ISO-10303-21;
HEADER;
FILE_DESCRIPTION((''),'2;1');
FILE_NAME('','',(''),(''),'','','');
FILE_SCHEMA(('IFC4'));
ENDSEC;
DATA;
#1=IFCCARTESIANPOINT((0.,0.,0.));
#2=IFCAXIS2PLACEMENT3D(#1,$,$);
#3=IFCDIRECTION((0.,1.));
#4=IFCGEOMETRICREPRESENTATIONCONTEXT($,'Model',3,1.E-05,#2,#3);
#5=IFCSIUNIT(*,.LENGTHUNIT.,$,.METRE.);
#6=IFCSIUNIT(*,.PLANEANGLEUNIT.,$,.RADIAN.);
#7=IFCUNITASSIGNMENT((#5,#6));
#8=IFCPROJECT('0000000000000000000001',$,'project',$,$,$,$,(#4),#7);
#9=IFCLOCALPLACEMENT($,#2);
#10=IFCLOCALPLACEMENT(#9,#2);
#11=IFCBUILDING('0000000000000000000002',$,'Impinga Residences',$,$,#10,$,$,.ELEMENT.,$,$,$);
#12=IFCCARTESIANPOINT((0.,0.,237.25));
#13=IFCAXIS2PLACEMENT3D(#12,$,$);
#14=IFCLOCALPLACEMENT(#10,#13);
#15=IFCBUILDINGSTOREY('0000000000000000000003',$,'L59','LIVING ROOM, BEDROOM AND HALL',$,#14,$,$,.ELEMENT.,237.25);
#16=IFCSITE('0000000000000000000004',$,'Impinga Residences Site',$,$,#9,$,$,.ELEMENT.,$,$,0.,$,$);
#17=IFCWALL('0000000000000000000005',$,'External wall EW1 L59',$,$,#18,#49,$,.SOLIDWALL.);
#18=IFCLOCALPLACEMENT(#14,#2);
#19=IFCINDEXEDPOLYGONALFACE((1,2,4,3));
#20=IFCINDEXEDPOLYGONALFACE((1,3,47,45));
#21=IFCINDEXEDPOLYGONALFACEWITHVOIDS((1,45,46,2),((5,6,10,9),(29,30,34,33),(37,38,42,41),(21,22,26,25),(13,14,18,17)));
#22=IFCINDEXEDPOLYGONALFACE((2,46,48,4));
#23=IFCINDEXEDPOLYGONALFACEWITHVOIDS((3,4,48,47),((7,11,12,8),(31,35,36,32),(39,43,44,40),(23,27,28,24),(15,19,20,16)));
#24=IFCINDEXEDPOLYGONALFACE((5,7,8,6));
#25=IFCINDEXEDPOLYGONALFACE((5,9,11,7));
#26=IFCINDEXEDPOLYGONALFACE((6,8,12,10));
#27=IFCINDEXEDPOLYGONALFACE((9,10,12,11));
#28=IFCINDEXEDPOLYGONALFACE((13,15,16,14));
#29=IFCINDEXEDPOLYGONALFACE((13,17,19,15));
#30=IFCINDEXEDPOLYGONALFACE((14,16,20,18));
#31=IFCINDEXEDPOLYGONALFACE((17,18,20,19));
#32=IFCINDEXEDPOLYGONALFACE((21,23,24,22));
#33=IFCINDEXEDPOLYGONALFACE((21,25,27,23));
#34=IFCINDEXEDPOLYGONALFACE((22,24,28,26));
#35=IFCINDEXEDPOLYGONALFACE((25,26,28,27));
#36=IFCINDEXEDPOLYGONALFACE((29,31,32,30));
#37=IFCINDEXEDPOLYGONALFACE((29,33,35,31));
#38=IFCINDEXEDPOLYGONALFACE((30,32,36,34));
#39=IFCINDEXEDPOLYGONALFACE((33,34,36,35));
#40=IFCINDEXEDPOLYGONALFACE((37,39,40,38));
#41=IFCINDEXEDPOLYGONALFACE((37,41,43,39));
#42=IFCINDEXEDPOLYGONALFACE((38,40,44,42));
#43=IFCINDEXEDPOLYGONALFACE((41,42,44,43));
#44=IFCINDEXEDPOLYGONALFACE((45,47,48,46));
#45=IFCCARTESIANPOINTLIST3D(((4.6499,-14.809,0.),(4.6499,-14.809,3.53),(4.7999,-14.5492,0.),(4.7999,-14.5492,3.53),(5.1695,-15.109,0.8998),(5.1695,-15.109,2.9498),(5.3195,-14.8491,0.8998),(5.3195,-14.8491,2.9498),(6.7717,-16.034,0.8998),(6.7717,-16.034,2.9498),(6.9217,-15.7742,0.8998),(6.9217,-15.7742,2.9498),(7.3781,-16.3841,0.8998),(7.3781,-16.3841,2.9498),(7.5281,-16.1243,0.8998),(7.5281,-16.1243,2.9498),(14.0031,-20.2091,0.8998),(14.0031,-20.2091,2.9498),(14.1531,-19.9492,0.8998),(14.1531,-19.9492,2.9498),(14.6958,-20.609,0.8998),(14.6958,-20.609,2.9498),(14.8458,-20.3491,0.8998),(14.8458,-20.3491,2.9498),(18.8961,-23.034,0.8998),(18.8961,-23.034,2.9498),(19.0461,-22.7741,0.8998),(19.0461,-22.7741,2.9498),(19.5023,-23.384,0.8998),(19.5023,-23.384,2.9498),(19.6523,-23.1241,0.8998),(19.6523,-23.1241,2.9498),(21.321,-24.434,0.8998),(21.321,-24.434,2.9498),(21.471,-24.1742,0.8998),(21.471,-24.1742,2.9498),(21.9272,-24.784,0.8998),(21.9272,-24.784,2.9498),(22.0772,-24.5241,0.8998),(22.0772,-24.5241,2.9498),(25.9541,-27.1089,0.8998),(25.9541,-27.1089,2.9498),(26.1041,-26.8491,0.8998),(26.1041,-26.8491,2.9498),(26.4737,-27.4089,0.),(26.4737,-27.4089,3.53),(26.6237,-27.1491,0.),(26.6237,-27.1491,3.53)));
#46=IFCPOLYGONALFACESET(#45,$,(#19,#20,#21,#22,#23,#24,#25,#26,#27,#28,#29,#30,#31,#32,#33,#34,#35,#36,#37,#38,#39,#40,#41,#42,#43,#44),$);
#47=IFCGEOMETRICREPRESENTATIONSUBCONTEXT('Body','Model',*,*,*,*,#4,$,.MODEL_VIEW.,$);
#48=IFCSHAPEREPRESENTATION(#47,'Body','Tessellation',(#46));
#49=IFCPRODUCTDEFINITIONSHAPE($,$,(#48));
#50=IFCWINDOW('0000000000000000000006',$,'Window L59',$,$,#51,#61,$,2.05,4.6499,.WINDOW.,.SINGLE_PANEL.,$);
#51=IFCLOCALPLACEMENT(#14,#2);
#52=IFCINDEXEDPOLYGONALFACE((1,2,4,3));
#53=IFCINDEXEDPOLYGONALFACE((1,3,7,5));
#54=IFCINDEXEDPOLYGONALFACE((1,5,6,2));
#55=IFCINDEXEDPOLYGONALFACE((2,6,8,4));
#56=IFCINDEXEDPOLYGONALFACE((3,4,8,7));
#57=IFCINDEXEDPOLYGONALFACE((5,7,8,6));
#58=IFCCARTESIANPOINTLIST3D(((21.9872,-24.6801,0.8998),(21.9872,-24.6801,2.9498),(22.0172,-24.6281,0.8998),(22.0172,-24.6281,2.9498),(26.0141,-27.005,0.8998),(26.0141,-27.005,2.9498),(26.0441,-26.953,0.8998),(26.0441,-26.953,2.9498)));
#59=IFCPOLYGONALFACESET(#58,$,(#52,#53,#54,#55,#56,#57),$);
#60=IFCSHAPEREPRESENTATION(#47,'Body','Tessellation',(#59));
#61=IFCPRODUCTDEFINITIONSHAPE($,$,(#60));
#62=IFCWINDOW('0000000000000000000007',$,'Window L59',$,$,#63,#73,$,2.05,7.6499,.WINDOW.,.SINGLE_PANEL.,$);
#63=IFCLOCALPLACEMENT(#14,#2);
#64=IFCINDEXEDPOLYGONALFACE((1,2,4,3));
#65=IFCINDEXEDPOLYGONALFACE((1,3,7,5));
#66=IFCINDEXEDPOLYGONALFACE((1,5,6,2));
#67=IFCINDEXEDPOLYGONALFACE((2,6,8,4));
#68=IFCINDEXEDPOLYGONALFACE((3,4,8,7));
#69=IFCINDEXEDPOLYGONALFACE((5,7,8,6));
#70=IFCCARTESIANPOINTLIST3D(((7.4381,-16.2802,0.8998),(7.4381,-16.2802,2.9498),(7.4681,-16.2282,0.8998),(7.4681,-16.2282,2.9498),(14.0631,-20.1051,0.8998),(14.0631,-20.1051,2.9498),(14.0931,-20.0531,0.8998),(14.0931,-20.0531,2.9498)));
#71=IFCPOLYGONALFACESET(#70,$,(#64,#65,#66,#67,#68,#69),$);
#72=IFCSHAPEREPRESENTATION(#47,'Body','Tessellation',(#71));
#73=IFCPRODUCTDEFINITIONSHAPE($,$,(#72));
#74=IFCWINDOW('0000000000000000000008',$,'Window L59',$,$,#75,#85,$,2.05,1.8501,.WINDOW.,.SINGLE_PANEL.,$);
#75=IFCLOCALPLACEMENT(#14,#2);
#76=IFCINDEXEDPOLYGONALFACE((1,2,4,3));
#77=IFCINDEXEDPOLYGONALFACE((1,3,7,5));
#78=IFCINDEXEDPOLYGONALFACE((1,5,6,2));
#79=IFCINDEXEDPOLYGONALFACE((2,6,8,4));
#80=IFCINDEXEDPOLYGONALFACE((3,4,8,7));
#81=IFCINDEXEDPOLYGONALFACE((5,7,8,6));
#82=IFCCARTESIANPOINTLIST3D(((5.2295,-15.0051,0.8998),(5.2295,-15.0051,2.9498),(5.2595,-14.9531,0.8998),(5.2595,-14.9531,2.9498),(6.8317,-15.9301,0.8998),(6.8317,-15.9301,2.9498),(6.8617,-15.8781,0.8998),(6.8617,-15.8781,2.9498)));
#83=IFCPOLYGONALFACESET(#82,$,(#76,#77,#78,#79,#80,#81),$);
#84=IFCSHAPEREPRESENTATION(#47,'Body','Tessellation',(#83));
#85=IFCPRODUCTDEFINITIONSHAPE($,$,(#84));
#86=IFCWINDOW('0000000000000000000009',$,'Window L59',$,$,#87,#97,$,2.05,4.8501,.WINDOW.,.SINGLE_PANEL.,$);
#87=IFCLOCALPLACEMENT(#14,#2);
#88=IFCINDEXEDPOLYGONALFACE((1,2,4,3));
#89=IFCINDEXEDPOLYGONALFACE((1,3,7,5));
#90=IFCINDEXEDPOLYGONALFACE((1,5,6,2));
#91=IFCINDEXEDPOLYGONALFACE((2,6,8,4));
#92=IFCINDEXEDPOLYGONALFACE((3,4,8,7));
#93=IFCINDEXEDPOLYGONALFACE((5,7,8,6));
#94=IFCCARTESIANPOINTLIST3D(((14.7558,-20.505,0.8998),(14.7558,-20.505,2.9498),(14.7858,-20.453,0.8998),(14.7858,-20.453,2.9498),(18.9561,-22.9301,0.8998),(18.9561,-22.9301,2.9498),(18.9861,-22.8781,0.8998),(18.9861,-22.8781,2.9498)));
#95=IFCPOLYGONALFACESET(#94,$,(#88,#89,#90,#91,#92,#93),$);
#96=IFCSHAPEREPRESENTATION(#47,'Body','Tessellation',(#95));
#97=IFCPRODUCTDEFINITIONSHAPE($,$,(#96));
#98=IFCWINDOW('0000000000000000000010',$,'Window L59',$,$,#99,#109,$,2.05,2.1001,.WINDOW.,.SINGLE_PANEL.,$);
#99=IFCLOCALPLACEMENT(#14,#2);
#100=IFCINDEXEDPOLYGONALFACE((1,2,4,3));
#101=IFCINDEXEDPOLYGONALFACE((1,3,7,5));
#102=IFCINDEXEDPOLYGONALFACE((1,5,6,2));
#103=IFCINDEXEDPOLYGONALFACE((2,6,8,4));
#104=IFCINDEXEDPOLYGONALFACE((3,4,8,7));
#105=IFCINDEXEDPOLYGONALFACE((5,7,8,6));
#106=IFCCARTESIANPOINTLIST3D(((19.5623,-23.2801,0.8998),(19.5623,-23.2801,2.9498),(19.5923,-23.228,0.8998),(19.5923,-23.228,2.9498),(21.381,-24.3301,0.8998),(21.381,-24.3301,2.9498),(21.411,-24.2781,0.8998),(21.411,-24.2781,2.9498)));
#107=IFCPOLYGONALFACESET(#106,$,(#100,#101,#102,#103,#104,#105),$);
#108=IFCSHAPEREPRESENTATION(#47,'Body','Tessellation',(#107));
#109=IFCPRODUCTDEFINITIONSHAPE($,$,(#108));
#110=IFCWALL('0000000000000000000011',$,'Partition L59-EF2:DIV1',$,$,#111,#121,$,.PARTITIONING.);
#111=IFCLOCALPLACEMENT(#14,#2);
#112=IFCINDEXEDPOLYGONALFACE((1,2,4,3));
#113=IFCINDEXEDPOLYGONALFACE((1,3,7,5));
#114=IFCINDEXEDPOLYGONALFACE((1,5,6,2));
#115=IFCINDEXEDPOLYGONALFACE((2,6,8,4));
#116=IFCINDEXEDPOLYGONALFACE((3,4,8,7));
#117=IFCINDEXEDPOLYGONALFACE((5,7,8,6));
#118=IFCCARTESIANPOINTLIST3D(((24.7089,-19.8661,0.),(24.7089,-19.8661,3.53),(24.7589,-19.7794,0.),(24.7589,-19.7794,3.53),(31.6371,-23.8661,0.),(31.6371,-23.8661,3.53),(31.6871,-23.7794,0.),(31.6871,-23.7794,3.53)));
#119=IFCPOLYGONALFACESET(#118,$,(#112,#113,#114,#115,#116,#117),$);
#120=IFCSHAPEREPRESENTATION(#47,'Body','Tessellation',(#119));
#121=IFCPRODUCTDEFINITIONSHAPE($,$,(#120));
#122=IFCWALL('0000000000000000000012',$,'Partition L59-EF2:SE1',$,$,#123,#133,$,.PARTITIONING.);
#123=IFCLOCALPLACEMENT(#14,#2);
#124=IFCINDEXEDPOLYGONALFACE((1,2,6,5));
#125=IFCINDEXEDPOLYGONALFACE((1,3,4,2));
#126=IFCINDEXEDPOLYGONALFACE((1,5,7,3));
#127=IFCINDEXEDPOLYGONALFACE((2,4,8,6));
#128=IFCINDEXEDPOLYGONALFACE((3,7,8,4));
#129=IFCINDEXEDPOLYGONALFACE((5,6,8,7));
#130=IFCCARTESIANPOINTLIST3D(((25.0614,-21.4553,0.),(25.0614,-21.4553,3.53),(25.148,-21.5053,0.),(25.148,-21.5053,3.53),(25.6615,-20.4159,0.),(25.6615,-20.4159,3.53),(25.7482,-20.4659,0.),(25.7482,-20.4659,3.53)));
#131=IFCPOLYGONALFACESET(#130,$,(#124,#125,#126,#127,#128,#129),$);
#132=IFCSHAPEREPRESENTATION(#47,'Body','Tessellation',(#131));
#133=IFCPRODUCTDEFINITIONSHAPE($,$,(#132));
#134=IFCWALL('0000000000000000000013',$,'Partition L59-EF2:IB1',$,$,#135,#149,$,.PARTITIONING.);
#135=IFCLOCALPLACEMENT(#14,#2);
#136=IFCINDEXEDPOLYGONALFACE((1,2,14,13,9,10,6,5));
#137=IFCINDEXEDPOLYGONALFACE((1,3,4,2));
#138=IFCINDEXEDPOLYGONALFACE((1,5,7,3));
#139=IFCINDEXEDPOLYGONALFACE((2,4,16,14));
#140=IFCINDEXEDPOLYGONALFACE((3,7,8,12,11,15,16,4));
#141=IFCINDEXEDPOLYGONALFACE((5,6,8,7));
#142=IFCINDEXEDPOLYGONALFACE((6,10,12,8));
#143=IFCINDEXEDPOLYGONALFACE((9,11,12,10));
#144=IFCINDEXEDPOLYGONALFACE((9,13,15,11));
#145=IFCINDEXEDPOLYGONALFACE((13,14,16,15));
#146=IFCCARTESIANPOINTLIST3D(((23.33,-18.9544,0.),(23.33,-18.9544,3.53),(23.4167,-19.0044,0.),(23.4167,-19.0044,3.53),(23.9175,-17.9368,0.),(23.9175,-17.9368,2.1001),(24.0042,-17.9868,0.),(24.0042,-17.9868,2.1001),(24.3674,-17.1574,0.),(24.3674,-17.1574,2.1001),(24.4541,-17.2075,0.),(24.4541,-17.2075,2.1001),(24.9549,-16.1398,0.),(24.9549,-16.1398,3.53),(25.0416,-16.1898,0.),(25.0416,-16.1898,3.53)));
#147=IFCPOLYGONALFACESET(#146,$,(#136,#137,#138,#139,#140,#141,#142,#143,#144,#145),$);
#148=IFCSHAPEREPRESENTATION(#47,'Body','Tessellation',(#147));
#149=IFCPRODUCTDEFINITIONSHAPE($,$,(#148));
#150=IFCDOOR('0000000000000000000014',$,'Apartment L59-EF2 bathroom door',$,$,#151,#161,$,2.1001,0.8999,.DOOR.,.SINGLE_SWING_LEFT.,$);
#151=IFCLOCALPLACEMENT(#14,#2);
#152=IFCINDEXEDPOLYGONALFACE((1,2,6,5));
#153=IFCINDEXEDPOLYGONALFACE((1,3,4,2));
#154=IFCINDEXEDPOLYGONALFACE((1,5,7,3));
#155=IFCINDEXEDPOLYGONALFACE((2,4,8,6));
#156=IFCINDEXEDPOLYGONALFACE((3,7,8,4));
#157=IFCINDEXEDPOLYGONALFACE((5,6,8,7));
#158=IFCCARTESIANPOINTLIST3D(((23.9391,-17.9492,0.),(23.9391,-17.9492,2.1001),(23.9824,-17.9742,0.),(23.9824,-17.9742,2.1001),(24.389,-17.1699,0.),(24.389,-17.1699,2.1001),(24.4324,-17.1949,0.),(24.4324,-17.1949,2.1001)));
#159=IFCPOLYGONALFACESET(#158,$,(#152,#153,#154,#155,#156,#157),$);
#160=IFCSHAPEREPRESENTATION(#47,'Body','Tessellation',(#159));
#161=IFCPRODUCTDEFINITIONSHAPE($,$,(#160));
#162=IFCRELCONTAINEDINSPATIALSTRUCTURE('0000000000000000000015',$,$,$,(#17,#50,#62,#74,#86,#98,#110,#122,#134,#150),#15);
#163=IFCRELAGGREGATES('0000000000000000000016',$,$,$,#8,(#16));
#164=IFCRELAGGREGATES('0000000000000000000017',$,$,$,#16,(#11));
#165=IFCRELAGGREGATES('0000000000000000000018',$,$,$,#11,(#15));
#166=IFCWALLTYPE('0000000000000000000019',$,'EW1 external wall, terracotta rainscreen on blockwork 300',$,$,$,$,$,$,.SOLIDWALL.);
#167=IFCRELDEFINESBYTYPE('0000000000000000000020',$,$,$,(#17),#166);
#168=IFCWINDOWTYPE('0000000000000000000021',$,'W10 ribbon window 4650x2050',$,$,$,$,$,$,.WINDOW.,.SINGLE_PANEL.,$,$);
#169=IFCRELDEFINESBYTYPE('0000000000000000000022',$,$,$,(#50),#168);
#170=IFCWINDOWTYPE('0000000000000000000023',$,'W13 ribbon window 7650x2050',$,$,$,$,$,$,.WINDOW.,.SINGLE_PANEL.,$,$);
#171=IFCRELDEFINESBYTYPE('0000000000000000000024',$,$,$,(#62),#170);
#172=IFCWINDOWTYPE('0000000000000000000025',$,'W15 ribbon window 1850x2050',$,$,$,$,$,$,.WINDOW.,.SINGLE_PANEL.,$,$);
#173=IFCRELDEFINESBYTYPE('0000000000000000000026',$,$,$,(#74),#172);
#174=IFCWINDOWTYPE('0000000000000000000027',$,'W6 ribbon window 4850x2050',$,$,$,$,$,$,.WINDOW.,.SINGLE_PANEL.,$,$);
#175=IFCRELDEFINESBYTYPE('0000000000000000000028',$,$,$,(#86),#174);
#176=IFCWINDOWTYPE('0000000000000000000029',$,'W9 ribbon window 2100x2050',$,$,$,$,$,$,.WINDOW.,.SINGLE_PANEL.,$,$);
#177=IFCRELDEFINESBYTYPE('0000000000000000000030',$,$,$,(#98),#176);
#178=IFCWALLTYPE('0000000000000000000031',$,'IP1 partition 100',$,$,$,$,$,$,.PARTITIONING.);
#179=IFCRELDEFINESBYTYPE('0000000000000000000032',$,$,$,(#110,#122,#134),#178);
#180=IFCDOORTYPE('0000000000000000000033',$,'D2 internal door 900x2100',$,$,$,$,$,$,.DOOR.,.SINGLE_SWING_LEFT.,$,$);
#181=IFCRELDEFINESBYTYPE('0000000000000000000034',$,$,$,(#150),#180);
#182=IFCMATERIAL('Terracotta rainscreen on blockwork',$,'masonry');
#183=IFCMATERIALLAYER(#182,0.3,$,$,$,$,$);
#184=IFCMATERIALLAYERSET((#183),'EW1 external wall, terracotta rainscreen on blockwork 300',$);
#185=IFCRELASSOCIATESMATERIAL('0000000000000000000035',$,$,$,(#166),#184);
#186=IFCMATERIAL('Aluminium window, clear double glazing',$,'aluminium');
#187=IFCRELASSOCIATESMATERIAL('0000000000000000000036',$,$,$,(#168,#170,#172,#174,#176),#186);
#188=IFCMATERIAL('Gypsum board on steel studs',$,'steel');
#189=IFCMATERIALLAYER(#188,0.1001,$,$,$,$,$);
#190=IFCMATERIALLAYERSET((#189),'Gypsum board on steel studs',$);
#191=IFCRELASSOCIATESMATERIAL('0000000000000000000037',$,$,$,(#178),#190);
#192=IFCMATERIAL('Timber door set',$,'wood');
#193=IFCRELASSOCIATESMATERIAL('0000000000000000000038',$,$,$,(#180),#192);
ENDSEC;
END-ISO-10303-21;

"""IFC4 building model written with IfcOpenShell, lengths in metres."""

from ifc_helpers import new_model, si_unit, direction, frame, frame_2d, origin, place, context, subcontext, project, spatial, rectangle, extrude, material, layer, layer_set, type_object, element, fill, save


model = new_model("IFC4")

# Units and contexts
model_context = context("Model", 3, precision=1e-05, world=origin(), true_north=direction((0.0, 1.0)))
body_context = subcontext(model_context, "Body", "Model", "MODEL_VIEW")
ifc_project = project(units=[si_unit("LENGTHUNIT", "METRE"), si_unit("PLANEANGLEUNIT", "RADIAN")], contexts=[model_context])

# Site, building, storey
site_placement = place(None, origin())
site = spatial("IfcSite", under=ifc_project, at=site_placement, Name="Impinga Residences Site", CompositionType="ELEMENT", RefElevation=0.0)
building_placement = place(site_placement, origin())
building = spatial("IfcBuilding", under=site, at=building_placement, Name="Impinga Residences", CompositionType="ELEMENT")
storey_placement = place(building_placement, frame((0.0, 0.0, 237.25)))
storey = spatial("IfcBuildingStorey", under=building, at=storey_placement, Name="L59", Description="LIVING ROOM, BEDROOM AND HALL", CompositionType="ELEMENT", Elevation=237.25)

# Shared definitions
ifc_material_1 = material(Name="Timber door set", Category="wood")

# Shared definitions
ifc_material_2 = material(Name="Terracotta rainscreen on blockwork", Category="masonry")
ifc_layer_1 = layer(ifc_material_2, 0.3)
ifc_layer_set_1 = layer_set([ifc_layer_1], Name="EW1 external wall, terracotta rainscreen on blockwork 300")
wall_type_1 = type_object("IfcWallType", Name="EW1 external wall, terracotta rainscreen on blockwork 300", PredefinedType="SOLIDWALL", material=ifc_layer_set_1)

# Wall, openings, windows
wall_1_placement = place(storey_placement, frame((26.5488, -27.2791, 0.0), z_axis=(0.0, 0.0, 1.0), x_axis=(-0.866027, 0.499998, 0.0)))
wall_1 = element("IfcWall", 1, at=wall_1_placement, inside=storey, type_object=wall_type_1, Name="External wall EW1 L59", PredefinedType="SOLIDWALL", context=body_context, shape_type="SweptSolid", body=[
    extrude(rectangle(XDim=25.2, YDim=0.3, at=frame_2d((12.6001, 0.0))), origin(), (0.0, 0.0, 1.0), 3.53),
])
opening_1_placement = place(wall_1_placement, frame((0.6001, 0.0, 0.8999)))
opening_1 = element("IfcOpeningElement", 2, at=opening_1_placement, cuts=wall_1, PredefinedType="OPENING", context=body_context, shape_type="SweptSolid", body=[
    extrude(rectangle(XDim=4.6499, YDim=2.05, at=frame_2d((2.325, 1.0249))), frame((0.0, 0.1599, 0.0), z_axis=(0.0, -1.0, 0.0), x_axis=(1.0, 0.0, 0.0)), (0.0, 0.0, 1.0), 0.3201),
])
opening_2_placement = place(wall_1_placement, frame((5.95, 0.0, 0.8999)))
opening_2 = element("IfcOpeningElement", 3, at=opening_2_placement, cuts=wall_1, PredefinedType="OPENING", context=body_context, shape_type="SweptSolid", body=[
    extrude(rectangle(XDim=2.1001, YDim=2.05, at=frame_2d((1.05, 1.0249))), frame((0.0, 0.1599, 0.0), z_axis=(0.0, -1.0, 0.0), x_axis=(1.0, 0.0, 0.0)), (0.0, 0.0, 1.0), 0.3201),
])
opening_3_placement = place(wall_1_placement, frame((8.75, 0.0, 0.8999)))
opening_3 = element("IfcOpeningElement", 4, at=opening_3_placement, cuts=wall_1, PredefinedType="OPENING", context=body_context, shape_type="SweptSolid", body=[
    extrude(rectangle(XDim=4.8501, YDim=2.05, at=frame_2d((2.425, 1.0249))), frame((0.0, 0.1599, 0.0), z_axis=(0.0, -1.0, 0.0), x_axis=(1.0, 0.0, 0.0)), (0.0, 0.0, 1.0), 0.3201),
])
opening_4_placement = place(wall_1_placement, frame((14.3999, 0.0, 0.8999)))
opening_4 = element("IfcOpeningElement", 5, at=opening_4_placement, cuts=wall_1, PredefinedType="OPENING", context=body_context, shape_type="SweptSolid", body=[
    extrude(rectangle(XDim=7.6499, YDim=2.05, at=frame_2d((3.825, 1.0249))), frame((0.0, 0.1599, 0.0), z_axis=(0.0, -1.0, 0.0), x_axis=(1.0, 0.0, 0.0)), (0.0, 0.0, 1.0), 0.3201),
])
opening_5_placement = place(wall_1_placement, frame((22.75, 0.0, 0.8999)))
opening_5 = element("IfcOpeningElement", 6, at=opening_5_placement, cuts=wall_1, PredefinedType="OPENING", context=body_context, shape_type="SweptSolid", body=[
    extrude(rectangle(XDim=1.8501, YDim=2.05, at=frame_2d((0.925, 1.0249))), frame((0.0, 0.1599, 0.0), z_axis=(0.0, -1.0, 0.0), x_axis=(1.0, 0.0, 0.0)), (0.0, 0.0, 1.0), 0.3201),
])
ifc_material_3 = material(Name="Aluminium window, clear double glazing", Category="aluminium")
window_type_1 = type_object("IfcWindowType", Name="W10 ribbon window 4650x2050", PartitioningType="SINGLE_PANEL", PredefinedType="WINDOW", material=ifc_material_3)
window_1_placement = place(opening_1_placement, origin())
window_1 = element("IfcWindow", 7, at=window_1_placement, inside=storey, type_object=window_type_1, Name="Window L59", OverallHeight=2.05, OverallWidth=4.6499, PartitioningType="SINGLE_PANEL", PredefinedType="WINDOW", context=body_context, shape_type="SweptSolid", body=[
    extrude(rectangle(XDim=4.6499, YDim=2.05, at=frame_2d((2.325, 1.0249))), frame((0.0, 0.03, 0.0), z_axis=(0.0, -1.0, 0.0), x_axis=(1.0, 0.0, 0.0)), (0.0, 0.0, 1.0), 0.0601),
])
fill(opening_1, window_1)
window_type_2 = type_object("IfcWindowType", Name="W13 ribbon window 7650x2050", PartitioningType="SINGLE_PANEL", PredefinedType="WINDOW", material=ifc_material_3)
window_2_placement = place(opening_4_placement, origin())
window_2 = element("IfcWindow", 8, at=window_2_placement, inside=storey, type_object=window_type_2, Name="Window L59", OverallHeight=2.05, OverallWidth=7.6499, PartitioningType="SINGLE_PANEL", PredefinedType="WINDOW", context=body_context, shape_type="SweptSolid", body=[
    extrude(rectangle(XDim=7.6499, YDim=2.05, at=frame_2d((3.825, 1.0249))), frame((0.0, 0.03, 0.0), z_axis=(0.0, -1.0, 0.0), x_axis=(1.0, 0.0, 0.0)), (0.0, 0.0, 1.0), 0.0601),
])
fill(opening_4, window_2)
window_type_3 = type_object("IfcWindowType", Name="W15 ribbon window 1850x2050", PartitioningType="SINGLE_PANEL", PredefinedType="WINDOW", material=ifc_material_3)
window_3_placement = place(opening_5_placement, origin())
window_3 = element("IfcWindow", 9, at=window_3_placement, inside=storey, type_object=window_type_3, Name="Window L59", OverallHeight=2.05, OverallWidth=1.8501, PartitioningType="SINGLE_PANEL", PredefinedType="WINDOW", context=body_context, shape_type="SweptSolid", body=[
    extrude(rectangle(XDim=1.8501, YDim=2.05, at=frame_2d((0.925, 1.0249))), frame((0.0, 0.03, 0.0), z_axis=(0.0, -1.0, 0.0), x_axis=(1.0, 0.0, 0.0)), (0.0, 0.0, 1.0), 0.0601),
])
fill(opening_5, window_3)
window_type_4 = type_object("IfcWindowType", Name="W6 ribbon window 4850x2050", PartitioningType="SINGLE_PANEL", PredefinedType="WINDOW", material=ifc_material_3)
window_4_placement = place(opening_3_placement, origin())
window_4 = element("IfcWindow", 10, at=window_4_placement, inside=storey, type_object=window_type_4, Name="Window L59", OverallHeight=2.05, OverallWidth=4.8501, PartitioningType="SINGLE_PANEL", PredefinedType="WINDOW", context=body_context, shape_type="SweptSolid", body=[
    extrude(rectangle(XDim=4.8501, YDim=2.05, at=frame_2d((2.425, 1.0249))), frame((0.0, 0.03, 0.0), z_axis=(0.0, -1.0, 0.0), x_axis=(1.0, 0.0, 0.0)), (0.0, 0.0, 1.0), 0.0601),
])
fill(opening_3, window_4)
window_type_5 = type_object("IfcWindowType", Name="W9 ribbon window 2100x2050", PartitioningType="SINGLE_PANEL", PredefinedType="WINDOW", material=ifc_material_3)
window_5_placement = place(opening_2_placement, origin())
window_5 = element("IfcWindow", 11, at=window_5_placement, inside=storey, type_object=window_type_5, Name="Window L59", OverallHeight=2.05, OverallWidth=2.1001, PartitioningType="SINGLE_PANEL", PredefinedType="WINDOW", context=body_context, shape_type="SweptSolid", body=[
    extrude(rectangle(XDim=2.1001, YDim=2.05, at=frame_2d((1.05, 1.0249))), frame((0.0, 0.03, 0.0), z_axis=(0.0, -1.0, 0.0), x_axis=(1.0, 0.0, 0.0)), (0.0, 0.0, 1.0), 0.0601),
])
fill(opening_2, window_5)

# Walls
ifc_material_4 = material(Name="Gypsum board on steel studs", Category="steel")
ifc_layer_2 = layer(ifc_material_4, 0.1001)
ifc_layer_set_2 = layer_set([ifc_layer_2], Name="Gypsum board on steel studs")
wall_type_2 = type_object("IfcWallType", Name="IP1 partition 100", PredefinedType="PARTITIONING", material=ifc_layer_set_2)
wall_2_placement = place(storey_placement, frame((24.7339, -19.8228, 0.0), z_axis=(0.0, 0.0, 1.0), x_axis=(0.866026, -0.499999, 0.0)))
element("IfcWall", 12, at=wall_2_placement, inside=storey, type_object=wall_type_2, Name="Partition L59-EF2:DIV1", PredefinedType="PARTITIONING", context=body_context, shape_type="SweptSolid", body=[
    extrude(rectangle(XDim=8.0, YDim=0.1001, at=frame_2d((4.0, 0.0))), origin(), (0.0, 0.0, 1.0), 3.53),
])
wall_3_placement = place(storey_placement, frame((25.7048, -20.4409, 0.0), z_axis=(0.0, 0.0, 1.0), x_axis=(-0.500034, -0.866006, 0.0)))
element("IfcWall", 13, at=wall_3_placement, inside=storey, type_object=wall_type_2, Name="Partition L59-EF2:SE1", PredefinedType="PARTITIONING", context=body_context, shape_type="SweptSolid", body=[
    extrude(rectangle(XDim=1.2002, YDim=0.1001, at=frame_2d((0.6001, 0.0))), origin(), (0.0, 0.0, 1.0), 3.53),
])

# Wall, opening, door
wall_4_placement = place(storey_placement, frame((24.9983, -16.1648, 0.0), z_axis=(0.0, 0.0, 1.0), x_axis=(-0.499985, -0.866034, 0.0)))
wall_4 = element("IfcWall", 14, at=wall_4_placement, inside=storey, type_object=wall_type_2, Name="Partition L59-EF2:IB1", PredefinedType="PARTITIONING", context=body_context, shape_type="SweptSolid", body=[
    extrude(rectangle(XDim=3.25, YDim=0.1001, at=frame_2d((1.625, 0.0))), origin(), (0.0, 0.0, 1.0), 3.53),
])
opening_6_placement = place(wall_4_placement, frame((1.175, 0.0, 0.0)))
opening_6 = element("IfcOpeningElement", 15, at=opening_6_placement, cuts=wall_4, PredefinedType="OPENING", context=body_context, shape_type="SweptSolid", body=[
    extrude(rectangle(XDim=0.8999, YDim=2.1001, at=frame_2d((0.45, 1.05))), frame((0.0, 0.0601, 0.0), z_axis=(0.0, -1.0, 0.0), x_axis=(1.0, 0.0, 0.0)), (0.0, 0.0, 1.0), 0.1201),
])
door_type_1 = type_object("IfcDoorType", Name="D2 internal door 900x2100", OperationType="SINGLE_SWING_LEFT", PredefinedType="DOOR", material=ifc_material_1)
door_1_placement = place(opening_6_placement, origin())
door_1 = element("IfcDoor", 16, at=door_1_placement, inside=storey, type_object=door_type_1, Name="Apartment L59-EF2 bathroom door", OperationType="SINGLE_SWING_LEFT", OverallHeight=2.1001, OverallWidth=0.8999, PredefinedType="DOOR", context=body_context, shape_type="SweptSolid", body=[
    extrude(rectangle(XDim=0.8999, YDim=2.1001, at=frame_2d((0.45, 1.05))), frame((0.0, 0.0249, 0.0), z_axis=(0.0, -1.0, 0.0), x_axis=(1.0, 0.0, 0.0)), (0.0, 0.0, 1.0), 0.05),
])
fill(opening_6, door_1)

save(model, "model.ifc")
